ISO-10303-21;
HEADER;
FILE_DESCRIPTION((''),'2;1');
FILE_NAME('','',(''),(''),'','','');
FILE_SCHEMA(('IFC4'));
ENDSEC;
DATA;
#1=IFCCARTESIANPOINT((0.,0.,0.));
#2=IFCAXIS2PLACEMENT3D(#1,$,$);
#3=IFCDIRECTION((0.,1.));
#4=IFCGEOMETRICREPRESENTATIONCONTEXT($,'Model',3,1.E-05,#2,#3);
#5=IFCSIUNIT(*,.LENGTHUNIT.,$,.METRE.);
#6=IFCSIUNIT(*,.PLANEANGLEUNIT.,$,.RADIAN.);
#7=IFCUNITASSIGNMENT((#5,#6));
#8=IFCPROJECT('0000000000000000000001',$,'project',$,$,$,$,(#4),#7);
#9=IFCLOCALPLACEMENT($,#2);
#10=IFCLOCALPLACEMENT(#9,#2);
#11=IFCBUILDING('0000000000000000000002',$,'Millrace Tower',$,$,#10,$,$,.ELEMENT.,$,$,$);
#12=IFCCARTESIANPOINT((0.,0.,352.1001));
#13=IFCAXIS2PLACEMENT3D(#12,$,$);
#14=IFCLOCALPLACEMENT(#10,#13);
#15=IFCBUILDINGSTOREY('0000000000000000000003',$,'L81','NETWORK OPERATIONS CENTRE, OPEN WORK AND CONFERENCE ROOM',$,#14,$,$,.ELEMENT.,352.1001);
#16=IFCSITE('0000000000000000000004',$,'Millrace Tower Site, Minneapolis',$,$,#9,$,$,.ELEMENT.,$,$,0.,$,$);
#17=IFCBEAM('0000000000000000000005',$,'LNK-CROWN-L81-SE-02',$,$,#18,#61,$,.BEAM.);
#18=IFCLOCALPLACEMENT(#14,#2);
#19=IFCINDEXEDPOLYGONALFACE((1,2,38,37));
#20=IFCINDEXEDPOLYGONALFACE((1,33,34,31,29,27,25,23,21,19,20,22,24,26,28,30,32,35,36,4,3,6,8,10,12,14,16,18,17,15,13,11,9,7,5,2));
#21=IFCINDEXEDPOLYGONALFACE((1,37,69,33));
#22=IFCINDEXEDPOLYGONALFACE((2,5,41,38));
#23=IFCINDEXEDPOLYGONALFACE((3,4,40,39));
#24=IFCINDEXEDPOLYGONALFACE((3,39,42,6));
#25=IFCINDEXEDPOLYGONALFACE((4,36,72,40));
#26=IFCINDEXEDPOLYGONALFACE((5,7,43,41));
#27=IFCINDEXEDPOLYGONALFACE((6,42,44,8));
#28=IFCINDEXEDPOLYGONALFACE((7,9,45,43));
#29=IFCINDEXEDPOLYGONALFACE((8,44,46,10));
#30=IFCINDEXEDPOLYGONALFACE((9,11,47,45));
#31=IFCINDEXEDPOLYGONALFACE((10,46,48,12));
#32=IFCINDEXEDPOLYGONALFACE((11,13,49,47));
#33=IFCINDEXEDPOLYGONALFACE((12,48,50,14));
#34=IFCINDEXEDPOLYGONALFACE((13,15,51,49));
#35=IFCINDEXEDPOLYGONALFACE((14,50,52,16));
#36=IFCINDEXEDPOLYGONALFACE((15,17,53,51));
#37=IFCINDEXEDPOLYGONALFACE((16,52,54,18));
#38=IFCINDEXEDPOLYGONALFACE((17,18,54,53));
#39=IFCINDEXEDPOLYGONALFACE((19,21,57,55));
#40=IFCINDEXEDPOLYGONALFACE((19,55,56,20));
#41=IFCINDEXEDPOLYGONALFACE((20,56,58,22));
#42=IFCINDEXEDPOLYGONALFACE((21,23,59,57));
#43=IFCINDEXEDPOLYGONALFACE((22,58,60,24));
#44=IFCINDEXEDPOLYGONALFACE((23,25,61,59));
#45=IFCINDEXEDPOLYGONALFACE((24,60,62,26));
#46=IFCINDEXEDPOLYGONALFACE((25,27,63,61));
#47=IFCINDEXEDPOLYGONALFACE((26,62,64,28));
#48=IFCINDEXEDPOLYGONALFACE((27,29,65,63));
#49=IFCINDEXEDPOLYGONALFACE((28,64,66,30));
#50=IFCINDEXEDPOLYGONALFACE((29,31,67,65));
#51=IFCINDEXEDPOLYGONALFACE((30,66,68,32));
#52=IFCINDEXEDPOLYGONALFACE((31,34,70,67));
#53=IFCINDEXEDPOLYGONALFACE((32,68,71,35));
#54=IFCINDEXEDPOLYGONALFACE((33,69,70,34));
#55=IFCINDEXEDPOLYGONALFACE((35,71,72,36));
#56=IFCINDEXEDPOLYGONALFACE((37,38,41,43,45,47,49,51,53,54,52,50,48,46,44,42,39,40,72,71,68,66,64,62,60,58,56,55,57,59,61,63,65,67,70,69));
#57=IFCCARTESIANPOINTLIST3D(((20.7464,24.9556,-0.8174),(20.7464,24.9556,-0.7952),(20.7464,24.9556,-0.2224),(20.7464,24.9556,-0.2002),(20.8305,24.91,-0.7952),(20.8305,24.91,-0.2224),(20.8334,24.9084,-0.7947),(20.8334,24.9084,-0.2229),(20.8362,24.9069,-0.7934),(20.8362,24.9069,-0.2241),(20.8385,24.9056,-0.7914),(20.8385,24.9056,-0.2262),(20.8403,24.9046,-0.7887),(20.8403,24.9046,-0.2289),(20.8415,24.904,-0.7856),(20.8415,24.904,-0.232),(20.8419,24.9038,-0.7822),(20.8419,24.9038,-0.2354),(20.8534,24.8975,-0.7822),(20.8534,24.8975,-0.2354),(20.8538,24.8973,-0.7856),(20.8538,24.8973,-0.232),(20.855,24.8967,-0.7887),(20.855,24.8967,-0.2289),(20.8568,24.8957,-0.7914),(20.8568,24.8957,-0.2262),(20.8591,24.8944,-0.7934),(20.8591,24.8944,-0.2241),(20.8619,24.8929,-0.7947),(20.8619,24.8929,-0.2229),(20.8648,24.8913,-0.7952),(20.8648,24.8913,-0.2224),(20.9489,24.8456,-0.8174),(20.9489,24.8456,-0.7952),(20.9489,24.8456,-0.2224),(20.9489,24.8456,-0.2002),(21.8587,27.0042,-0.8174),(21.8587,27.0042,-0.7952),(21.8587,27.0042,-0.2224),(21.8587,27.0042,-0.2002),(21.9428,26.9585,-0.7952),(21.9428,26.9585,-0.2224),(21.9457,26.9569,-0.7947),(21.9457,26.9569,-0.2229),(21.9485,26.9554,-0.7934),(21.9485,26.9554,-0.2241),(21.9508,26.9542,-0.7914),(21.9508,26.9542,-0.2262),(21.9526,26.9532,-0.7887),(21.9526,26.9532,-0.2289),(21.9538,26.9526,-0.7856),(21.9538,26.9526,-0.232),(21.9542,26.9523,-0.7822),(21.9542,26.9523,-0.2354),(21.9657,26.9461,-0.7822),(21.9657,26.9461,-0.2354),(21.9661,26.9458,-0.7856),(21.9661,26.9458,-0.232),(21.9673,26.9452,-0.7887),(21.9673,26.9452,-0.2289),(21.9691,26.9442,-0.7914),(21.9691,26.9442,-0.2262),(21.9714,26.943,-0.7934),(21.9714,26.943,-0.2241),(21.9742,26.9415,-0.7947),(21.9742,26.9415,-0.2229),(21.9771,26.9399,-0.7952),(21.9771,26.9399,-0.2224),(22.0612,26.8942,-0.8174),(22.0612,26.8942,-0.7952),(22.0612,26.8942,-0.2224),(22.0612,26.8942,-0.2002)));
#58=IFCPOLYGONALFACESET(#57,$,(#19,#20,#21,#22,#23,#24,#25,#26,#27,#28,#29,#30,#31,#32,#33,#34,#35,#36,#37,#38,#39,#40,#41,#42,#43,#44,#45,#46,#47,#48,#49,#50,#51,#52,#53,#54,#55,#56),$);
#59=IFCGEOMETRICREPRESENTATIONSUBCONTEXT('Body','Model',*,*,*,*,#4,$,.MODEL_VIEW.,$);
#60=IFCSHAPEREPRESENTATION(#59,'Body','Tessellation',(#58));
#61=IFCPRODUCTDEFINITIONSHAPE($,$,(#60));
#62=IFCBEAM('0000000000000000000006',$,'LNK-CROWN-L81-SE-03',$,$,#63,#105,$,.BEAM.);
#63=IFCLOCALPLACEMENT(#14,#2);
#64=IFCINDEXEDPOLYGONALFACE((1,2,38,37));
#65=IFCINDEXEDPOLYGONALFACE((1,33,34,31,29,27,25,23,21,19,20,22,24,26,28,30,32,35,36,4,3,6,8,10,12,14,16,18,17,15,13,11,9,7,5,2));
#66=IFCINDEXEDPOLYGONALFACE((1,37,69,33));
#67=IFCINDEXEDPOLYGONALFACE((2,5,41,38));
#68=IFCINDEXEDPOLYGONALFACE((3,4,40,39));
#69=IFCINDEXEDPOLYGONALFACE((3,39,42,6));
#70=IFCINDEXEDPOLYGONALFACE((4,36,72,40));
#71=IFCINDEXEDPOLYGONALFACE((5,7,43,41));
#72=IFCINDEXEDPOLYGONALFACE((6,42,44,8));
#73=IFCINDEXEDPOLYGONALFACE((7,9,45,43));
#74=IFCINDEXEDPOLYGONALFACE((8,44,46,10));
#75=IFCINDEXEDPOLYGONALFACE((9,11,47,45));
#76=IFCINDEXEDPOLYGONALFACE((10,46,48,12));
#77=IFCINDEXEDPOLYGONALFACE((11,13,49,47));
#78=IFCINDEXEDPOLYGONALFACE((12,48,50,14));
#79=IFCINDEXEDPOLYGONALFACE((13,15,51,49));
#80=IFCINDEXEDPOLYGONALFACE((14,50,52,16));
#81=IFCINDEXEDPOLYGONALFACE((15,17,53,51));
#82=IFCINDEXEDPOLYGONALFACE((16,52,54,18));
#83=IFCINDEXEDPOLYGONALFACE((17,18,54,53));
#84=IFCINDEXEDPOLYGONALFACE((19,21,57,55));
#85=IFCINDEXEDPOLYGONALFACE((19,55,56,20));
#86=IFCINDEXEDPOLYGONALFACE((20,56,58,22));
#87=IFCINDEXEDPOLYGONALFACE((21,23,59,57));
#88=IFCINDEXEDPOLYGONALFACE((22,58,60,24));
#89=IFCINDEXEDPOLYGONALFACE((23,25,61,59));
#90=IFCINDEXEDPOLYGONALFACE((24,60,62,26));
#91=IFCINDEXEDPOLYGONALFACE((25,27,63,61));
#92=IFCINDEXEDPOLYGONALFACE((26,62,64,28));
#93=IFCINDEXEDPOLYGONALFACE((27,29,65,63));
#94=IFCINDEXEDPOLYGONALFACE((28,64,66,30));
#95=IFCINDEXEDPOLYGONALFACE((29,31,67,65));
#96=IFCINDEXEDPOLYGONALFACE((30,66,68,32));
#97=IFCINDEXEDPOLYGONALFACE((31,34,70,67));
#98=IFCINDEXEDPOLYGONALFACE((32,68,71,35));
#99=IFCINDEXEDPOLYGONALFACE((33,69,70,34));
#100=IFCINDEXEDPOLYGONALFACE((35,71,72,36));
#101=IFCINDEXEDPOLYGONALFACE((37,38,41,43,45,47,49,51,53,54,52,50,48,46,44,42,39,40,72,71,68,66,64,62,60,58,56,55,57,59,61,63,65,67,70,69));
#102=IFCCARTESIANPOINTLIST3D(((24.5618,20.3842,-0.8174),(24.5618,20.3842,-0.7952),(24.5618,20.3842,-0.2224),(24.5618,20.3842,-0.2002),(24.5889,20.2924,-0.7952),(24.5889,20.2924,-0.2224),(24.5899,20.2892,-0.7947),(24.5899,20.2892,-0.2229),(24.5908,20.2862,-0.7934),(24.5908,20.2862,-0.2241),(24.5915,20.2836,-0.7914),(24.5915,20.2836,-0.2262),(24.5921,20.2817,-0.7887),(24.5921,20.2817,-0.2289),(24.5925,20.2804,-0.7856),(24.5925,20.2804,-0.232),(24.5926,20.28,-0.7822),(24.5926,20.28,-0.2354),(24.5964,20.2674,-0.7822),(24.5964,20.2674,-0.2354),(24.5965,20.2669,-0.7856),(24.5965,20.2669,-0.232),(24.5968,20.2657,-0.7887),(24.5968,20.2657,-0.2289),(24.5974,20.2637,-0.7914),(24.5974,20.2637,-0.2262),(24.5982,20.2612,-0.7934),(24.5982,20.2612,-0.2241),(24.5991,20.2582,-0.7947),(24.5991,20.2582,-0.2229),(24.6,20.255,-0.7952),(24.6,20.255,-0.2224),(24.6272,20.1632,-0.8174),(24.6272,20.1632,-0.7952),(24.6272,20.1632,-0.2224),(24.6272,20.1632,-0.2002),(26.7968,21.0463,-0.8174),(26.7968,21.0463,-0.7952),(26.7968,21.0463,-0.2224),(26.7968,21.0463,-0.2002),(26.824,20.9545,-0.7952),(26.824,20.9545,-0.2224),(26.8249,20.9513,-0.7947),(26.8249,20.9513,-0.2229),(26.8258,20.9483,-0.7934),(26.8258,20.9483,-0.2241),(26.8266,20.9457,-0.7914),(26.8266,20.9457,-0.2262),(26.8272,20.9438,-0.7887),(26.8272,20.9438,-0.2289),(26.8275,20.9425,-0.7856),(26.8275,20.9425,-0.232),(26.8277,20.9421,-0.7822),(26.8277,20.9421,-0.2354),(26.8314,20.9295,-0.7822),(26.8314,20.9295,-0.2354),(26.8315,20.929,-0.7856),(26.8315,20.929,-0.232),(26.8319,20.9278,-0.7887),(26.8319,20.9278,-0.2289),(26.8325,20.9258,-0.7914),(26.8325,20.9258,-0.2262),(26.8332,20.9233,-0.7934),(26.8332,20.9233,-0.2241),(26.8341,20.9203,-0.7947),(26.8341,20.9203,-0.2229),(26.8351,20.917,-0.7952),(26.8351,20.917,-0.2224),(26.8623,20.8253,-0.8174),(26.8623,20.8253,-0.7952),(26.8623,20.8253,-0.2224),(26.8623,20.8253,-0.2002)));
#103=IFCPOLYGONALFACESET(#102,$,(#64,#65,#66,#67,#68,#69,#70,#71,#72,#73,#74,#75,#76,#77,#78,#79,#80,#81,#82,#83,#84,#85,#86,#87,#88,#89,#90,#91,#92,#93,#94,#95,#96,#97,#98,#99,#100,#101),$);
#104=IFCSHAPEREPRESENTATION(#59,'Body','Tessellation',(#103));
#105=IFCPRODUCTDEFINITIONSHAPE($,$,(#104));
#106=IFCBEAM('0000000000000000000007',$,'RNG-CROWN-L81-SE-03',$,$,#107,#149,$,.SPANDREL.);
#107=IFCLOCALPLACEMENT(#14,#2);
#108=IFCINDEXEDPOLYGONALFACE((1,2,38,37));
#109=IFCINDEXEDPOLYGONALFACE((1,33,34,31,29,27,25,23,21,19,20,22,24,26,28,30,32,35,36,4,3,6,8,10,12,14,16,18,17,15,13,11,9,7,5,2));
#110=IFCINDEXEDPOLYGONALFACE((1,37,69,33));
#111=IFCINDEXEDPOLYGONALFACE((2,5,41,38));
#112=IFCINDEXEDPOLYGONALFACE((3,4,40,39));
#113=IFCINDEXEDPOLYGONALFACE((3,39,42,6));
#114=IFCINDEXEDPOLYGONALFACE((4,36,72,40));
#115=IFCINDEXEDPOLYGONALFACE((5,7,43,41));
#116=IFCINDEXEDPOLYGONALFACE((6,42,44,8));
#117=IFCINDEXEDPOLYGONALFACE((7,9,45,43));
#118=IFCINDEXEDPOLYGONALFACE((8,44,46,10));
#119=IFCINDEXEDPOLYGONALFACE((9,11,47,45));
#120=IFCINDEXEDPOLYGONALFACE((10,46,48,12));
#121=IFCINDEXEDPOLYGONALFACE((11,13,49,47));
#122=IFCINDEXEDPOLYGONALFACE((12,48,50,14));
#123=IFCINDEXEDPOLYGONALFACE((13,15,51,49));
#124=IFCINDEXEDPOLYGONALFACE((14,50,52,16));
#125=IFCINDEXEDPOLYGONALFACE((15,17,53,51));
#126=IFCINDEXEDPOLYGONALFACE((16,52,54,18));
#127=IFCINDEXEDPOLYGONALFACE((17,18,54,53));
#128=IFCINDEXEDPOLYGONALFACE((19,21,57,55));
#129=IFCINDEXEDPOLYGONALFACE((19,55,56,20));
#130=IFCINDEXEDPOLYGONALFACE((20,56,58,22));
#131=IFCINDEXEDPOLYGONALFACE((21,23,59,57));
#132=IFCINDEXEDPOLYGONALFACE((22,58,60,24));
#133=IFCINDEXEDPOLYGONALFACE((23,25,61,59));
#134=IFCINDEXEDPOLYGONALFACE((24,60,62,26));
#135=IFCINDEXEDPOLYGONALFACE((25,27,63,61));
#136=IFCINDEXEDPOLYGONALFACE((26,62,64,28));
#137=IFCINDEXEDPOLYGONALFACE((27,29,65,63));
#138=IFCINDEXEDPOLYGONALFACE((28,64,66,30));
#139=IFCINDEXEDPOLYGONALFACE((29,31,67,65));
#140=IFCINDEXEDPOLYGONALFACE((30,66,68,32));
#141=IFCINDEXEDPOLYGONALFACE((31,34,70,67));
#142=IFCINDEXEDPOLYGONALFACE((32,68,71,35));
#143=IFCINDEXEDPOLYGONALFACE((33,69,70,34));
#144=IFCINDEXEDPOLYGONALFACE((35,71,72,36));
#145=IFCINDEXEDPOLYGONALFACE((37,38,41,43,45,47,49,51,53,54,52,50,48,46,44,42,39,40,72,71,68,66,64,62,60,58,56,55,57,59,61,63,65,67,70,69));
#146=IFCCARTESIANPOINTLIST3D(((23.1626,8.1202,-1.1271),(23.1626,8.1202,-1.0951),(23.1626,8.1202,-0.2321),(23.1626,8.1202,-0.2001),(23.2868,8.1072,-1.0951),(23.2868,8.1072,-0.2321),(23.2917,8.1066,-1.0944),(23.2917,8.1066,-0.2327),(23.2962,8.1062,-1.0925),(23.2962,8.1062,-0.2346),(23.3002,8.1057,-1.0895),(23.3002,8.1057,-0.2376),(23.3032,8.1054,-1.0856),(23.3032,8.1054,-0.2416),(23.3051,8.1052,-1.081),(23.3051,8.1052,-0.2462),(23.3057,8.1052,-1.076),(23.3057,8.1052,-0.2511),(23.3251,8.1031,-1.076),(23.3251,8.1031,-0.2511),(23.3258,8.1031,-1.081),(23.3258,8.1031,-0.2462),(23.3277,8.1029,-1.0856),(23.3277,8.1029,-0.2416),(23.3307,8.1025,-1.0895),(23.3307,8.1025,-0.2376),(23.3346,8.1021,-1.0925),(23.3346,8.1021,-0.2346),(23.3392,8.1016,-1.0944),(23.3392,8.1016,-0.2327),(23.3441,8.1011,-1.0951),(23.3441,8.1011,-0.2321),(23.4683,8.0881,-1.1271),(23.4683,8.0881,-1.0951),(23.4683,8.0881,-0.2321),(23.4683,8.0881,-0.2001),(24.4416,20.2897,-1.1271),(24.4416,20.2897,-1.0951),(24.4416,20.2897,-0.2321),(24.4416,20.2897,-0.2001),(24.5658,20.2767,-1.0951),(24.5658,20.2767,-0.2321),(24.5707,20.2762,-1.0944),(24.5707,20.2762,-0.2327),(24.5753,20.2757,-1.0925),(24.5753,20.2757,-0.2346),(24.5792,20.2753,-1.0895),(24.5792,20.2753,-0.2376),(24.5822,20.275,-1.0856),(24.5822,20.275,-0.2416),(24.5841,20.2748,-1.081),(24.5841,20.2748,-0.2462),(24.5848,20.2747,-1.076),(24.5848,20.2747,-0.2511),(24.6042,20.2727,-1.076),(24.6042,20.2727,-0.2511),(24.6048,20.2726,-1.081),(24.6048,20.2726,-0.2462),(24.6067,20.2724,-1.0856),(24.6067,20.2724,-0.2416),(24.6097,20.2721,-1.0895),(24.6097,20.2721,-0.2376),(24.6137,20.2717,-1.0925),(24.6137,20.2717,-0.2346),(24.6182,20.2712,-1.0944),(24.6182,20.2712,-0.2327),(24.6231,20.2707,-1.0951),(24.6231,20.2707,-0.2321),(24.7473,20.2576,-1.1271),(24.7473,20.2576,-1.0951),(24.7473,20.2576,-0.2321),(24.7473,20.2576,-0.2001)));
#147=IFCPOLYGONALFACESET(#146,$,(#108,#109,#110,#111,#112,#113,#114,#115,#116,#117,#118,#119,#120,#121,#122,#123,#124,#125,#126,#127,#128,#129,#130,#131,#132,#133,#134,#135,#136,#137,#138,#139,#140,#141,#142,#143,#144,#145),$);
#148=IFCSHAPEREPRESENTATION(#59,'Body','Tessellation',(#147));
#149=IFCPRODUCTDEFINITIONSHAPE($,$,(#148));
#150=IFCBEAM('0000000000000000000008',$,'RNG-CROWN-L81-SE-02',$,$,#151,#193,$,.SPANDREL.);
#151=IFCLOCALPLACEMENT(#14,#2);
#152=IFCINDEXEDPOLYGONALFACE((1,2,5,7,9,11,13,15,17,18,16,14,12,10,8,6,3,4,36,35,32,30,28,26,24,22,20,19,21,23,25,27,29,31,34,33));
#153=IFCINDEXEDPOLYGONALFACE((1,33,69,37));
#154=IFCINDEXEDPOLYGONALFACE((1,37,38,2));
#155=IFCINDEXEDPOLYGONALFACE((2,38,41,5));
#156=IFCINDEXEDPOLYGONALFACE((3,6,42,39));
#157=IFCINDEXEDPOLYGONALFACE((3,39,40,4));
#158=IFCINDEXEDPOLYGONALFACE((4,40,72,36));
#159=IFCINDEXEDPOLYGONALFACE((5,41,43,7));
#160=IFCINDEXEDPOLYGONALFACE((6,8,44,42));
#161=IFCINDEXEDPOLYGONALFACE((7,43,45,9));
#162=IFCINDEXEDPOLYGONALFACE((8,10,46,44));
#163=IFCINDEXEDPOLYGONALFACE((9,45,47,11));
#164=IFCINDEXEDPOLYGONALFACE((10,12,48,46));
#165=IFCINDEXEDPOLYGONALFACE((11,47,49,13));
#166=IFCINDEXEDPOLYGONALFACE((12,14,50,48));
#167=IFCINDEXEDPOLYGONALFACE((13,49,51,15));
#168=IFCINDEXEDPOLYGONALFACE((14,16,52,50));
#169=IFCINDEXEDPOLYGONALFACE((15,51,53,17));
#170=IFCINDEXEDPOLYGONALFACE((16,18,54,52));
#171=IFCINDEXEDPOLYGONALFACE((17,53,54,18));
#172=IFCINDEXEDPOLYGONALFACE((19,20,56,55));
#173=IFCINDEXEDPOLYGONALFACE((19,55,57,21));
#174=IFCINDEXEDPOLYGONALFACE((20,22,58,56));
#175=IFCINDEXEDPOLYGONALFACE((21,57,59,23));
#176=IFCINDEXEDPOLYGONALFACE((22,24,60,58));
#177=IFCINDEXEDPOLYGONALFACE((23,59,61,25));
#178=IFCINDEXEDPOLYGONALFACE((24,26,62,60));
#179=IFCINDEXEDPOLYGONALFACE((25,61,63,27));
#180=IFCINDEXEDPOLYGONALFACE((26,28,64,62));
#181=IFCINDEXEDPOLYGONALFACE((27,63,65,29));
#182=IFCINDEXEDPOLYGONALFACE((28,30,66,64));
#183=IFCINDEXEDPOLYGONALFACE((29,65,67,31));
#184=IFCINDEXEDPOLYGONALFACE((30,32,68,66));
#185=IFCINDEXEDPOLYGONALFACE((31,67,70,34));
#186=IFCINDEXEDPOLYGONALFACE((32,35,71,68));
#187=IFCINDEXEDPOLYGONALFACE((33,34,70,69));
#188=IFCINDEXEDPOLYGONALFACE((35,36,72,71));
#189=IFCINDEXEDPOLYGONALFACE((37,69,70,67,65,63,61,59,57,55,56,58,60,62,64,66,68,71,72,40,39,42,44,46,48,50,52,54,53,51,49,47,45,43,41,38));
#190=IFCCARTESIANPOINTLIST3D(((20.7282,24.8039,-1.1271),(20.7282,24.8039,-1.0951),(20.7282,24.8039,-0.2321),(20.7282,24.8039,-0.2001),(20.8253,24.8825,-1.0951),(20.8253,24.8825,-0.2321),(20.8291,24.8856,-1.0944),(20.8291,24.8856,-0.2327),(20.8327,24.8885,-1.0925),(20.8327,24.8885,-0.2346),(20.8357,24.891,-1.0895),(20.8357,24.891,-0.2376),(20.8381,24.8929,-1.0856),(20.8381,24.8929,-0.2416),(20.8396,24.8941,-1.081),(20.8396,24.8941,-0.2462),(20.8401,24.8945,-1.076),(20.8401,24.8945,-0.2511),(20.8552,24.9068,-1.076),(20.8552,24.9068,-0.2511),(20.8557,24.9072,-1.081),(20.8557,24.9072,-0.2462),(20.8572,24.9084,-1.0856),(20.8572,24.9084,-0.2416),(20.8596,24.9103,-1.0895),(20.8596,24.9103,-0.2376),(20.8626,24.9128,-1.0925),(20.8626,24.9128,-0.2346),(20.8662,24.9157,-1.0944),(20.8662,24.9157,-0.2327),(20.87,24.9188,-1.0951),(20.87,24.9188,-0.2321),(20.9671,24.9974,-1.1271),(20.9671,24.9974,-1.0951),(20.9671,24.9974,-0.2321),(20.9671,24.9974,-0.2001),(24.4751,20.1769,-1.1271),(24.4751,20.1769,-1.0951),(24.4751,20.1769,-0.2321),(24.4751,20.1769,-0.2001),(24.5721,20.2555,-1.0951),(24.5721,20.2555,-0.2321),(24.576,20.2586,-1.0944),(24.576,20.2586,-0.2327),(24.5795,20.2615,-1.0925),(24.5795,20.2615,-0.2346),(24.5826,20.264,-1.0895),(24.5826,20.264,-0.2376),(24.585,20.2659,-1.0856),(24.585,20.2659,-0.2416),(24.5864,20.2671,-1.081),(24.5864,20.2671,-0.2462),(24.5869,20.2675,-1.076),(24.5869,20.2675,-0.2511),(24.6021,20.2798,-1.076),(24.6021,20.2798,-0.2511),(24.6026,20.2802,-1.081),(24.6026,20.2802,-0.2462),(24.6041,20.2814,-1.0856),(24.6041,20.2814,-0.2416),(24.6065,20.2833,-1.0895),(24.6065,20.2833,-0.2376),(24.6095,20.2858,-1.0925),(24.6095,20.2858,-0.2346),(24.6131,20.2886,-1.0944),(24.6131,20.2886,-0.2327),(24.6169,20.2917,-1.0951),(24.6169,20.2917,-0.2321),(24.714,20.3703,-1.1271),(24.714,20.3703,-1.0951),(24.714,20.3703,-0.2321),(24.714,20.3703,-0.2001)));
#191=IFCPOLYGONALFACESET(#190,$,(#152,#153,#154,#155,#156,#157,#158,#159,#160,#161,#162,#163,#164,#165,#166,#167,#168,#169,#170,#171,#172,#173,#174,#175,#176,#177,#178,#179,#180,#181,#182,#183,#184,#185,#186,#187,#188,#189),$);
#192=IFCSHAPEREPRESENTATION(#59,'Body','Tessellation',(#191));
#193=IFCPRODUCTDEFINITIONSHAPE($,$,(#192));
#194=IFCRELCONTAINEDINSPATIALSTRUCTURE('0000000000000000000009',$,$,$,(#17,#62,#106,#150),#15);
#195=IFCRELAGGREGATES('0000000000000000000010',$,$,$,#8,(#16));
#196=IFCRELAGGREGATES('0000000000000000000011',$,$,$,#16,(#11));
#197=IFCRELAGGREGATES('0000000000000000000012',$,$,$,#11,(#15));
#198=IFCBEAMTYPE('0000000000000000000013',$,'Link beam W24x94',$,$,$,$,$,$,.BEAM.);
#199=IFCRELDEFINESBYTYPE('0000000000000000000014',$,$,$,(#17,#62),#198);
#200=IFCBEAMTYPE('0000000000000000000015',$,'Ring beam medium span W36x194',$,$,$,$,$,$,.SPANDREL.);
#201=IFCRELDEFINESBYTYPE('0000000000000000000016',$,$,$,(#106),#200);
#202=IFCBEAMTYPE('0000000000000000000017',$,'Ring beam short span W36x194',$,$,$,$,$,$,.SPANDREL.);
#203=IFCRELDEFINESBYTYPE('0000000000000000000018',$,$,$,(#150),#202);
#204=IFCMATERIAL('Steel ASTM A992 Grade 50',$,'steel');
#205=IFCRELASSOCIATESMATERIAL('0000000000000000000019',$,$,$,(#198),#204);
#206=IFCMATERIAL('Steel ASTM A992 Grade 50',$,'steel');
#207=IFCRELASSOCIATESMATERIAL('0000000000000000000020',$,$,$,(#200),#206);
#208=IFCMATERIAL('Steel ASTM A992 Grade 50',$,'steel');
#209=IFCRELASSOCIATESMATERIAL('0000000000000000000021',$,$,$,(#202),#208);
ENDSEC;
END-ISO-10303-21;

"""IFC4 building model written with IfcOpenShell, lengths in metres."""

from ifc_helpers import new_model, si_unit, direction, frame, origin, origin_2d, place, context, subcontext, project, spatial, i_section, extrude, material, material_profile, profile_set, type_object, element, save


model = new_model("IFC4")

# Units and contexts
model_context = context("Model", 3, precision=1e-05, world=origin(), true_north=direction((0.0, 1.0)))
body_context = subcontext(model_context, "Body", "Model", "MODEL_VIEW")
ifc_project = project(units=[si_unit("LENGTHUNIT", "METRE"), si_unit("PLANEANGLEUNIT", "RADIAN")], contexts=[model_context])

# Site, building, storey
site_placement = place(None, origin())
site = spatial("IfcSite", under=ifc_project, at=site_placement, Name="Millrace Tower Site, Minneapolis", CompositionType="ELEMENT", RefElevation=0.0)
building_placement = place(site_placement, origin())
building = spatial("IfcBuilding", under=site, at=building_placement, Name="Millrace Tower", CompositionType="ELEMENT")
storey_placement = place(building_placement, frame((0.0, 0.0, 352.1001)))
storey = spatial("IfcBuildingStorey", under=building, at=storey_placement, Name="L81", Description="NETWORK OPERATIONS CENTRE, OPEN WORK AND CONFERENCE ROOM", CompositionType="ELEMENT", Elevation=352.1001)

# Beams
ifc_material_1 = material(Name="Steel ASTM A992 Grade 50", Category="steel")
ifc_material_profile_1 = material_profile(ifc_material_1, i_section(OverallWidth=0.2305, OverallDepth=0.6172, WebThickness=0.0132, FlangeThickness=0.0222, FilletRadius=0.0129, at=origin_2d()))
ifc_profile_set_1 = profile_set([ifc_material_profile_1], Name="Steel ASTM A992 Grade 50")
beam_type_1 = type_object("IfcBeamType", Name="Link beam W24x94", PredefinedType="BEAM", material=ifc_profile_set_1)
for number, where, z_axis, x_axis, name in (
    (1, (20.8477, 24.9006, -0.5088), (0.477164, 0.878815, 0.0), (-0.878815, 0.477164, 0.0), "LNK-CROWN-L81-SE-02"),
    (2, (24.5945, 20.2737, -0.5088), (0.958815, 0.284031, 0.0), (-0.284031, 0.958815, 0.0), "LNK-CROWN-L81-SE-03"),
):
    element("IfcBeam", number, at=place(storey_placement, frame(where, z_axis=z_axis, x_axis=x_axis)), inside=storey, type_object=beam_type_1, Name=name, PredefinedType="BEAM", context=body_context, shape_type="SweptSolid", body=[
        extrude(i_section(OverallWidth=0.2305, OverallDepth=0.6172, WebThickness=0.0132, FlangeThickness=0.0222, FilletRadius=0.0129, at=origin_2d()), origin(), (0.0, 0.0, 1.0), 2.3311),
    ])
ifc_material_2 = material(Name="Steel ASTM A992 Grade 50", Category="steel")
ifc_material_profile_2 = material_profile(ifc_material_2, i_section(OverallWidth=0.3074, OverallDepth=0.927, WebThickness=0.0195, FlangeThickness=0.032, FilletRadius=0.019, at=origin_2d()))
ifc_profile_set_2 = profile_set([ifc_material_profile_2], Name="Steel ASTM A992 Grade 50")
beam_type_2 = type_object("IfcBeamType", Name="Ring beam medium span W36x194", PredefinedType="SPANDREL", material=ifc_profile_set_2)
beam_1_placement = place(storey_placement, frame((24.5945, 20.2737, -0.6636), z_axis=(-0.104528, -0.994522, 0.0), x_axis=(0.994522, -0.104528, 0.0)))
element("IfcBeam", 3, at=beam_1_placement, inside=storey, type_object=beam_type_2, Name="RNG-CROWN-L81-SE-03", PredefinedType="SPANDREL", context=body_context, shape_type="SweptSolid", body=[
    extrude(i_section(OverallWidth=0.3074, OverallDepth=0.927, WebThickness=0.0195, FlangeThickness=0.032, FilletRadius=0.019, at=origin_2d()), origin(), (0.0, 0.0, 1.0), 12.2366),
])
ifc_material_3 = material(Name="Steel ASTM A992 Grade 50", Category="steel")
ifc_material_profile_3 = material_profile(ifc_material_3, i_section(OverallWidth=0.3074, OverallDepth=0.927, WebThickness=0.0195, FlangeThickness=0.032, FilletRadius=0.019, at=origin_2d()))
ifc_profile_set_3 = profile_set([ifc_material_profile_3], Name="Steel ASTM A992 Grade 50")
beam_type_3 = type_object("IfcBeamType", Name="Ring beam short span W36x194", PredefinedType="SPANDREL", material=ifc_profile_set_3)
beam_2_placement = place(storey_placement, frame((20.8477, 24.9006, -0.6636), z_axis=(0.62932, -0.777147, 0.0), x_axis=(0.777147, 0.62932, 0.0)))
element("IfcBeam", 4, at=beam_2_placement, inside=storey, type_object=beam_type_3, Name="RNG-CROWN-L81-SE-02", PredefinedType="SPANDREL", context=body_context, shape_type="SweptSolid", body=[
    extrude(i_section(OverallWidth=0.3074, OverallDepth=0.927, WebThickness=0.0195, FlangeThickness=0.032, FilletRadius=0.019, at=origin_2d()), origin(), (0.0, 0.0, 1.0), 5.9539),
])

save(model, "model.ifc")
